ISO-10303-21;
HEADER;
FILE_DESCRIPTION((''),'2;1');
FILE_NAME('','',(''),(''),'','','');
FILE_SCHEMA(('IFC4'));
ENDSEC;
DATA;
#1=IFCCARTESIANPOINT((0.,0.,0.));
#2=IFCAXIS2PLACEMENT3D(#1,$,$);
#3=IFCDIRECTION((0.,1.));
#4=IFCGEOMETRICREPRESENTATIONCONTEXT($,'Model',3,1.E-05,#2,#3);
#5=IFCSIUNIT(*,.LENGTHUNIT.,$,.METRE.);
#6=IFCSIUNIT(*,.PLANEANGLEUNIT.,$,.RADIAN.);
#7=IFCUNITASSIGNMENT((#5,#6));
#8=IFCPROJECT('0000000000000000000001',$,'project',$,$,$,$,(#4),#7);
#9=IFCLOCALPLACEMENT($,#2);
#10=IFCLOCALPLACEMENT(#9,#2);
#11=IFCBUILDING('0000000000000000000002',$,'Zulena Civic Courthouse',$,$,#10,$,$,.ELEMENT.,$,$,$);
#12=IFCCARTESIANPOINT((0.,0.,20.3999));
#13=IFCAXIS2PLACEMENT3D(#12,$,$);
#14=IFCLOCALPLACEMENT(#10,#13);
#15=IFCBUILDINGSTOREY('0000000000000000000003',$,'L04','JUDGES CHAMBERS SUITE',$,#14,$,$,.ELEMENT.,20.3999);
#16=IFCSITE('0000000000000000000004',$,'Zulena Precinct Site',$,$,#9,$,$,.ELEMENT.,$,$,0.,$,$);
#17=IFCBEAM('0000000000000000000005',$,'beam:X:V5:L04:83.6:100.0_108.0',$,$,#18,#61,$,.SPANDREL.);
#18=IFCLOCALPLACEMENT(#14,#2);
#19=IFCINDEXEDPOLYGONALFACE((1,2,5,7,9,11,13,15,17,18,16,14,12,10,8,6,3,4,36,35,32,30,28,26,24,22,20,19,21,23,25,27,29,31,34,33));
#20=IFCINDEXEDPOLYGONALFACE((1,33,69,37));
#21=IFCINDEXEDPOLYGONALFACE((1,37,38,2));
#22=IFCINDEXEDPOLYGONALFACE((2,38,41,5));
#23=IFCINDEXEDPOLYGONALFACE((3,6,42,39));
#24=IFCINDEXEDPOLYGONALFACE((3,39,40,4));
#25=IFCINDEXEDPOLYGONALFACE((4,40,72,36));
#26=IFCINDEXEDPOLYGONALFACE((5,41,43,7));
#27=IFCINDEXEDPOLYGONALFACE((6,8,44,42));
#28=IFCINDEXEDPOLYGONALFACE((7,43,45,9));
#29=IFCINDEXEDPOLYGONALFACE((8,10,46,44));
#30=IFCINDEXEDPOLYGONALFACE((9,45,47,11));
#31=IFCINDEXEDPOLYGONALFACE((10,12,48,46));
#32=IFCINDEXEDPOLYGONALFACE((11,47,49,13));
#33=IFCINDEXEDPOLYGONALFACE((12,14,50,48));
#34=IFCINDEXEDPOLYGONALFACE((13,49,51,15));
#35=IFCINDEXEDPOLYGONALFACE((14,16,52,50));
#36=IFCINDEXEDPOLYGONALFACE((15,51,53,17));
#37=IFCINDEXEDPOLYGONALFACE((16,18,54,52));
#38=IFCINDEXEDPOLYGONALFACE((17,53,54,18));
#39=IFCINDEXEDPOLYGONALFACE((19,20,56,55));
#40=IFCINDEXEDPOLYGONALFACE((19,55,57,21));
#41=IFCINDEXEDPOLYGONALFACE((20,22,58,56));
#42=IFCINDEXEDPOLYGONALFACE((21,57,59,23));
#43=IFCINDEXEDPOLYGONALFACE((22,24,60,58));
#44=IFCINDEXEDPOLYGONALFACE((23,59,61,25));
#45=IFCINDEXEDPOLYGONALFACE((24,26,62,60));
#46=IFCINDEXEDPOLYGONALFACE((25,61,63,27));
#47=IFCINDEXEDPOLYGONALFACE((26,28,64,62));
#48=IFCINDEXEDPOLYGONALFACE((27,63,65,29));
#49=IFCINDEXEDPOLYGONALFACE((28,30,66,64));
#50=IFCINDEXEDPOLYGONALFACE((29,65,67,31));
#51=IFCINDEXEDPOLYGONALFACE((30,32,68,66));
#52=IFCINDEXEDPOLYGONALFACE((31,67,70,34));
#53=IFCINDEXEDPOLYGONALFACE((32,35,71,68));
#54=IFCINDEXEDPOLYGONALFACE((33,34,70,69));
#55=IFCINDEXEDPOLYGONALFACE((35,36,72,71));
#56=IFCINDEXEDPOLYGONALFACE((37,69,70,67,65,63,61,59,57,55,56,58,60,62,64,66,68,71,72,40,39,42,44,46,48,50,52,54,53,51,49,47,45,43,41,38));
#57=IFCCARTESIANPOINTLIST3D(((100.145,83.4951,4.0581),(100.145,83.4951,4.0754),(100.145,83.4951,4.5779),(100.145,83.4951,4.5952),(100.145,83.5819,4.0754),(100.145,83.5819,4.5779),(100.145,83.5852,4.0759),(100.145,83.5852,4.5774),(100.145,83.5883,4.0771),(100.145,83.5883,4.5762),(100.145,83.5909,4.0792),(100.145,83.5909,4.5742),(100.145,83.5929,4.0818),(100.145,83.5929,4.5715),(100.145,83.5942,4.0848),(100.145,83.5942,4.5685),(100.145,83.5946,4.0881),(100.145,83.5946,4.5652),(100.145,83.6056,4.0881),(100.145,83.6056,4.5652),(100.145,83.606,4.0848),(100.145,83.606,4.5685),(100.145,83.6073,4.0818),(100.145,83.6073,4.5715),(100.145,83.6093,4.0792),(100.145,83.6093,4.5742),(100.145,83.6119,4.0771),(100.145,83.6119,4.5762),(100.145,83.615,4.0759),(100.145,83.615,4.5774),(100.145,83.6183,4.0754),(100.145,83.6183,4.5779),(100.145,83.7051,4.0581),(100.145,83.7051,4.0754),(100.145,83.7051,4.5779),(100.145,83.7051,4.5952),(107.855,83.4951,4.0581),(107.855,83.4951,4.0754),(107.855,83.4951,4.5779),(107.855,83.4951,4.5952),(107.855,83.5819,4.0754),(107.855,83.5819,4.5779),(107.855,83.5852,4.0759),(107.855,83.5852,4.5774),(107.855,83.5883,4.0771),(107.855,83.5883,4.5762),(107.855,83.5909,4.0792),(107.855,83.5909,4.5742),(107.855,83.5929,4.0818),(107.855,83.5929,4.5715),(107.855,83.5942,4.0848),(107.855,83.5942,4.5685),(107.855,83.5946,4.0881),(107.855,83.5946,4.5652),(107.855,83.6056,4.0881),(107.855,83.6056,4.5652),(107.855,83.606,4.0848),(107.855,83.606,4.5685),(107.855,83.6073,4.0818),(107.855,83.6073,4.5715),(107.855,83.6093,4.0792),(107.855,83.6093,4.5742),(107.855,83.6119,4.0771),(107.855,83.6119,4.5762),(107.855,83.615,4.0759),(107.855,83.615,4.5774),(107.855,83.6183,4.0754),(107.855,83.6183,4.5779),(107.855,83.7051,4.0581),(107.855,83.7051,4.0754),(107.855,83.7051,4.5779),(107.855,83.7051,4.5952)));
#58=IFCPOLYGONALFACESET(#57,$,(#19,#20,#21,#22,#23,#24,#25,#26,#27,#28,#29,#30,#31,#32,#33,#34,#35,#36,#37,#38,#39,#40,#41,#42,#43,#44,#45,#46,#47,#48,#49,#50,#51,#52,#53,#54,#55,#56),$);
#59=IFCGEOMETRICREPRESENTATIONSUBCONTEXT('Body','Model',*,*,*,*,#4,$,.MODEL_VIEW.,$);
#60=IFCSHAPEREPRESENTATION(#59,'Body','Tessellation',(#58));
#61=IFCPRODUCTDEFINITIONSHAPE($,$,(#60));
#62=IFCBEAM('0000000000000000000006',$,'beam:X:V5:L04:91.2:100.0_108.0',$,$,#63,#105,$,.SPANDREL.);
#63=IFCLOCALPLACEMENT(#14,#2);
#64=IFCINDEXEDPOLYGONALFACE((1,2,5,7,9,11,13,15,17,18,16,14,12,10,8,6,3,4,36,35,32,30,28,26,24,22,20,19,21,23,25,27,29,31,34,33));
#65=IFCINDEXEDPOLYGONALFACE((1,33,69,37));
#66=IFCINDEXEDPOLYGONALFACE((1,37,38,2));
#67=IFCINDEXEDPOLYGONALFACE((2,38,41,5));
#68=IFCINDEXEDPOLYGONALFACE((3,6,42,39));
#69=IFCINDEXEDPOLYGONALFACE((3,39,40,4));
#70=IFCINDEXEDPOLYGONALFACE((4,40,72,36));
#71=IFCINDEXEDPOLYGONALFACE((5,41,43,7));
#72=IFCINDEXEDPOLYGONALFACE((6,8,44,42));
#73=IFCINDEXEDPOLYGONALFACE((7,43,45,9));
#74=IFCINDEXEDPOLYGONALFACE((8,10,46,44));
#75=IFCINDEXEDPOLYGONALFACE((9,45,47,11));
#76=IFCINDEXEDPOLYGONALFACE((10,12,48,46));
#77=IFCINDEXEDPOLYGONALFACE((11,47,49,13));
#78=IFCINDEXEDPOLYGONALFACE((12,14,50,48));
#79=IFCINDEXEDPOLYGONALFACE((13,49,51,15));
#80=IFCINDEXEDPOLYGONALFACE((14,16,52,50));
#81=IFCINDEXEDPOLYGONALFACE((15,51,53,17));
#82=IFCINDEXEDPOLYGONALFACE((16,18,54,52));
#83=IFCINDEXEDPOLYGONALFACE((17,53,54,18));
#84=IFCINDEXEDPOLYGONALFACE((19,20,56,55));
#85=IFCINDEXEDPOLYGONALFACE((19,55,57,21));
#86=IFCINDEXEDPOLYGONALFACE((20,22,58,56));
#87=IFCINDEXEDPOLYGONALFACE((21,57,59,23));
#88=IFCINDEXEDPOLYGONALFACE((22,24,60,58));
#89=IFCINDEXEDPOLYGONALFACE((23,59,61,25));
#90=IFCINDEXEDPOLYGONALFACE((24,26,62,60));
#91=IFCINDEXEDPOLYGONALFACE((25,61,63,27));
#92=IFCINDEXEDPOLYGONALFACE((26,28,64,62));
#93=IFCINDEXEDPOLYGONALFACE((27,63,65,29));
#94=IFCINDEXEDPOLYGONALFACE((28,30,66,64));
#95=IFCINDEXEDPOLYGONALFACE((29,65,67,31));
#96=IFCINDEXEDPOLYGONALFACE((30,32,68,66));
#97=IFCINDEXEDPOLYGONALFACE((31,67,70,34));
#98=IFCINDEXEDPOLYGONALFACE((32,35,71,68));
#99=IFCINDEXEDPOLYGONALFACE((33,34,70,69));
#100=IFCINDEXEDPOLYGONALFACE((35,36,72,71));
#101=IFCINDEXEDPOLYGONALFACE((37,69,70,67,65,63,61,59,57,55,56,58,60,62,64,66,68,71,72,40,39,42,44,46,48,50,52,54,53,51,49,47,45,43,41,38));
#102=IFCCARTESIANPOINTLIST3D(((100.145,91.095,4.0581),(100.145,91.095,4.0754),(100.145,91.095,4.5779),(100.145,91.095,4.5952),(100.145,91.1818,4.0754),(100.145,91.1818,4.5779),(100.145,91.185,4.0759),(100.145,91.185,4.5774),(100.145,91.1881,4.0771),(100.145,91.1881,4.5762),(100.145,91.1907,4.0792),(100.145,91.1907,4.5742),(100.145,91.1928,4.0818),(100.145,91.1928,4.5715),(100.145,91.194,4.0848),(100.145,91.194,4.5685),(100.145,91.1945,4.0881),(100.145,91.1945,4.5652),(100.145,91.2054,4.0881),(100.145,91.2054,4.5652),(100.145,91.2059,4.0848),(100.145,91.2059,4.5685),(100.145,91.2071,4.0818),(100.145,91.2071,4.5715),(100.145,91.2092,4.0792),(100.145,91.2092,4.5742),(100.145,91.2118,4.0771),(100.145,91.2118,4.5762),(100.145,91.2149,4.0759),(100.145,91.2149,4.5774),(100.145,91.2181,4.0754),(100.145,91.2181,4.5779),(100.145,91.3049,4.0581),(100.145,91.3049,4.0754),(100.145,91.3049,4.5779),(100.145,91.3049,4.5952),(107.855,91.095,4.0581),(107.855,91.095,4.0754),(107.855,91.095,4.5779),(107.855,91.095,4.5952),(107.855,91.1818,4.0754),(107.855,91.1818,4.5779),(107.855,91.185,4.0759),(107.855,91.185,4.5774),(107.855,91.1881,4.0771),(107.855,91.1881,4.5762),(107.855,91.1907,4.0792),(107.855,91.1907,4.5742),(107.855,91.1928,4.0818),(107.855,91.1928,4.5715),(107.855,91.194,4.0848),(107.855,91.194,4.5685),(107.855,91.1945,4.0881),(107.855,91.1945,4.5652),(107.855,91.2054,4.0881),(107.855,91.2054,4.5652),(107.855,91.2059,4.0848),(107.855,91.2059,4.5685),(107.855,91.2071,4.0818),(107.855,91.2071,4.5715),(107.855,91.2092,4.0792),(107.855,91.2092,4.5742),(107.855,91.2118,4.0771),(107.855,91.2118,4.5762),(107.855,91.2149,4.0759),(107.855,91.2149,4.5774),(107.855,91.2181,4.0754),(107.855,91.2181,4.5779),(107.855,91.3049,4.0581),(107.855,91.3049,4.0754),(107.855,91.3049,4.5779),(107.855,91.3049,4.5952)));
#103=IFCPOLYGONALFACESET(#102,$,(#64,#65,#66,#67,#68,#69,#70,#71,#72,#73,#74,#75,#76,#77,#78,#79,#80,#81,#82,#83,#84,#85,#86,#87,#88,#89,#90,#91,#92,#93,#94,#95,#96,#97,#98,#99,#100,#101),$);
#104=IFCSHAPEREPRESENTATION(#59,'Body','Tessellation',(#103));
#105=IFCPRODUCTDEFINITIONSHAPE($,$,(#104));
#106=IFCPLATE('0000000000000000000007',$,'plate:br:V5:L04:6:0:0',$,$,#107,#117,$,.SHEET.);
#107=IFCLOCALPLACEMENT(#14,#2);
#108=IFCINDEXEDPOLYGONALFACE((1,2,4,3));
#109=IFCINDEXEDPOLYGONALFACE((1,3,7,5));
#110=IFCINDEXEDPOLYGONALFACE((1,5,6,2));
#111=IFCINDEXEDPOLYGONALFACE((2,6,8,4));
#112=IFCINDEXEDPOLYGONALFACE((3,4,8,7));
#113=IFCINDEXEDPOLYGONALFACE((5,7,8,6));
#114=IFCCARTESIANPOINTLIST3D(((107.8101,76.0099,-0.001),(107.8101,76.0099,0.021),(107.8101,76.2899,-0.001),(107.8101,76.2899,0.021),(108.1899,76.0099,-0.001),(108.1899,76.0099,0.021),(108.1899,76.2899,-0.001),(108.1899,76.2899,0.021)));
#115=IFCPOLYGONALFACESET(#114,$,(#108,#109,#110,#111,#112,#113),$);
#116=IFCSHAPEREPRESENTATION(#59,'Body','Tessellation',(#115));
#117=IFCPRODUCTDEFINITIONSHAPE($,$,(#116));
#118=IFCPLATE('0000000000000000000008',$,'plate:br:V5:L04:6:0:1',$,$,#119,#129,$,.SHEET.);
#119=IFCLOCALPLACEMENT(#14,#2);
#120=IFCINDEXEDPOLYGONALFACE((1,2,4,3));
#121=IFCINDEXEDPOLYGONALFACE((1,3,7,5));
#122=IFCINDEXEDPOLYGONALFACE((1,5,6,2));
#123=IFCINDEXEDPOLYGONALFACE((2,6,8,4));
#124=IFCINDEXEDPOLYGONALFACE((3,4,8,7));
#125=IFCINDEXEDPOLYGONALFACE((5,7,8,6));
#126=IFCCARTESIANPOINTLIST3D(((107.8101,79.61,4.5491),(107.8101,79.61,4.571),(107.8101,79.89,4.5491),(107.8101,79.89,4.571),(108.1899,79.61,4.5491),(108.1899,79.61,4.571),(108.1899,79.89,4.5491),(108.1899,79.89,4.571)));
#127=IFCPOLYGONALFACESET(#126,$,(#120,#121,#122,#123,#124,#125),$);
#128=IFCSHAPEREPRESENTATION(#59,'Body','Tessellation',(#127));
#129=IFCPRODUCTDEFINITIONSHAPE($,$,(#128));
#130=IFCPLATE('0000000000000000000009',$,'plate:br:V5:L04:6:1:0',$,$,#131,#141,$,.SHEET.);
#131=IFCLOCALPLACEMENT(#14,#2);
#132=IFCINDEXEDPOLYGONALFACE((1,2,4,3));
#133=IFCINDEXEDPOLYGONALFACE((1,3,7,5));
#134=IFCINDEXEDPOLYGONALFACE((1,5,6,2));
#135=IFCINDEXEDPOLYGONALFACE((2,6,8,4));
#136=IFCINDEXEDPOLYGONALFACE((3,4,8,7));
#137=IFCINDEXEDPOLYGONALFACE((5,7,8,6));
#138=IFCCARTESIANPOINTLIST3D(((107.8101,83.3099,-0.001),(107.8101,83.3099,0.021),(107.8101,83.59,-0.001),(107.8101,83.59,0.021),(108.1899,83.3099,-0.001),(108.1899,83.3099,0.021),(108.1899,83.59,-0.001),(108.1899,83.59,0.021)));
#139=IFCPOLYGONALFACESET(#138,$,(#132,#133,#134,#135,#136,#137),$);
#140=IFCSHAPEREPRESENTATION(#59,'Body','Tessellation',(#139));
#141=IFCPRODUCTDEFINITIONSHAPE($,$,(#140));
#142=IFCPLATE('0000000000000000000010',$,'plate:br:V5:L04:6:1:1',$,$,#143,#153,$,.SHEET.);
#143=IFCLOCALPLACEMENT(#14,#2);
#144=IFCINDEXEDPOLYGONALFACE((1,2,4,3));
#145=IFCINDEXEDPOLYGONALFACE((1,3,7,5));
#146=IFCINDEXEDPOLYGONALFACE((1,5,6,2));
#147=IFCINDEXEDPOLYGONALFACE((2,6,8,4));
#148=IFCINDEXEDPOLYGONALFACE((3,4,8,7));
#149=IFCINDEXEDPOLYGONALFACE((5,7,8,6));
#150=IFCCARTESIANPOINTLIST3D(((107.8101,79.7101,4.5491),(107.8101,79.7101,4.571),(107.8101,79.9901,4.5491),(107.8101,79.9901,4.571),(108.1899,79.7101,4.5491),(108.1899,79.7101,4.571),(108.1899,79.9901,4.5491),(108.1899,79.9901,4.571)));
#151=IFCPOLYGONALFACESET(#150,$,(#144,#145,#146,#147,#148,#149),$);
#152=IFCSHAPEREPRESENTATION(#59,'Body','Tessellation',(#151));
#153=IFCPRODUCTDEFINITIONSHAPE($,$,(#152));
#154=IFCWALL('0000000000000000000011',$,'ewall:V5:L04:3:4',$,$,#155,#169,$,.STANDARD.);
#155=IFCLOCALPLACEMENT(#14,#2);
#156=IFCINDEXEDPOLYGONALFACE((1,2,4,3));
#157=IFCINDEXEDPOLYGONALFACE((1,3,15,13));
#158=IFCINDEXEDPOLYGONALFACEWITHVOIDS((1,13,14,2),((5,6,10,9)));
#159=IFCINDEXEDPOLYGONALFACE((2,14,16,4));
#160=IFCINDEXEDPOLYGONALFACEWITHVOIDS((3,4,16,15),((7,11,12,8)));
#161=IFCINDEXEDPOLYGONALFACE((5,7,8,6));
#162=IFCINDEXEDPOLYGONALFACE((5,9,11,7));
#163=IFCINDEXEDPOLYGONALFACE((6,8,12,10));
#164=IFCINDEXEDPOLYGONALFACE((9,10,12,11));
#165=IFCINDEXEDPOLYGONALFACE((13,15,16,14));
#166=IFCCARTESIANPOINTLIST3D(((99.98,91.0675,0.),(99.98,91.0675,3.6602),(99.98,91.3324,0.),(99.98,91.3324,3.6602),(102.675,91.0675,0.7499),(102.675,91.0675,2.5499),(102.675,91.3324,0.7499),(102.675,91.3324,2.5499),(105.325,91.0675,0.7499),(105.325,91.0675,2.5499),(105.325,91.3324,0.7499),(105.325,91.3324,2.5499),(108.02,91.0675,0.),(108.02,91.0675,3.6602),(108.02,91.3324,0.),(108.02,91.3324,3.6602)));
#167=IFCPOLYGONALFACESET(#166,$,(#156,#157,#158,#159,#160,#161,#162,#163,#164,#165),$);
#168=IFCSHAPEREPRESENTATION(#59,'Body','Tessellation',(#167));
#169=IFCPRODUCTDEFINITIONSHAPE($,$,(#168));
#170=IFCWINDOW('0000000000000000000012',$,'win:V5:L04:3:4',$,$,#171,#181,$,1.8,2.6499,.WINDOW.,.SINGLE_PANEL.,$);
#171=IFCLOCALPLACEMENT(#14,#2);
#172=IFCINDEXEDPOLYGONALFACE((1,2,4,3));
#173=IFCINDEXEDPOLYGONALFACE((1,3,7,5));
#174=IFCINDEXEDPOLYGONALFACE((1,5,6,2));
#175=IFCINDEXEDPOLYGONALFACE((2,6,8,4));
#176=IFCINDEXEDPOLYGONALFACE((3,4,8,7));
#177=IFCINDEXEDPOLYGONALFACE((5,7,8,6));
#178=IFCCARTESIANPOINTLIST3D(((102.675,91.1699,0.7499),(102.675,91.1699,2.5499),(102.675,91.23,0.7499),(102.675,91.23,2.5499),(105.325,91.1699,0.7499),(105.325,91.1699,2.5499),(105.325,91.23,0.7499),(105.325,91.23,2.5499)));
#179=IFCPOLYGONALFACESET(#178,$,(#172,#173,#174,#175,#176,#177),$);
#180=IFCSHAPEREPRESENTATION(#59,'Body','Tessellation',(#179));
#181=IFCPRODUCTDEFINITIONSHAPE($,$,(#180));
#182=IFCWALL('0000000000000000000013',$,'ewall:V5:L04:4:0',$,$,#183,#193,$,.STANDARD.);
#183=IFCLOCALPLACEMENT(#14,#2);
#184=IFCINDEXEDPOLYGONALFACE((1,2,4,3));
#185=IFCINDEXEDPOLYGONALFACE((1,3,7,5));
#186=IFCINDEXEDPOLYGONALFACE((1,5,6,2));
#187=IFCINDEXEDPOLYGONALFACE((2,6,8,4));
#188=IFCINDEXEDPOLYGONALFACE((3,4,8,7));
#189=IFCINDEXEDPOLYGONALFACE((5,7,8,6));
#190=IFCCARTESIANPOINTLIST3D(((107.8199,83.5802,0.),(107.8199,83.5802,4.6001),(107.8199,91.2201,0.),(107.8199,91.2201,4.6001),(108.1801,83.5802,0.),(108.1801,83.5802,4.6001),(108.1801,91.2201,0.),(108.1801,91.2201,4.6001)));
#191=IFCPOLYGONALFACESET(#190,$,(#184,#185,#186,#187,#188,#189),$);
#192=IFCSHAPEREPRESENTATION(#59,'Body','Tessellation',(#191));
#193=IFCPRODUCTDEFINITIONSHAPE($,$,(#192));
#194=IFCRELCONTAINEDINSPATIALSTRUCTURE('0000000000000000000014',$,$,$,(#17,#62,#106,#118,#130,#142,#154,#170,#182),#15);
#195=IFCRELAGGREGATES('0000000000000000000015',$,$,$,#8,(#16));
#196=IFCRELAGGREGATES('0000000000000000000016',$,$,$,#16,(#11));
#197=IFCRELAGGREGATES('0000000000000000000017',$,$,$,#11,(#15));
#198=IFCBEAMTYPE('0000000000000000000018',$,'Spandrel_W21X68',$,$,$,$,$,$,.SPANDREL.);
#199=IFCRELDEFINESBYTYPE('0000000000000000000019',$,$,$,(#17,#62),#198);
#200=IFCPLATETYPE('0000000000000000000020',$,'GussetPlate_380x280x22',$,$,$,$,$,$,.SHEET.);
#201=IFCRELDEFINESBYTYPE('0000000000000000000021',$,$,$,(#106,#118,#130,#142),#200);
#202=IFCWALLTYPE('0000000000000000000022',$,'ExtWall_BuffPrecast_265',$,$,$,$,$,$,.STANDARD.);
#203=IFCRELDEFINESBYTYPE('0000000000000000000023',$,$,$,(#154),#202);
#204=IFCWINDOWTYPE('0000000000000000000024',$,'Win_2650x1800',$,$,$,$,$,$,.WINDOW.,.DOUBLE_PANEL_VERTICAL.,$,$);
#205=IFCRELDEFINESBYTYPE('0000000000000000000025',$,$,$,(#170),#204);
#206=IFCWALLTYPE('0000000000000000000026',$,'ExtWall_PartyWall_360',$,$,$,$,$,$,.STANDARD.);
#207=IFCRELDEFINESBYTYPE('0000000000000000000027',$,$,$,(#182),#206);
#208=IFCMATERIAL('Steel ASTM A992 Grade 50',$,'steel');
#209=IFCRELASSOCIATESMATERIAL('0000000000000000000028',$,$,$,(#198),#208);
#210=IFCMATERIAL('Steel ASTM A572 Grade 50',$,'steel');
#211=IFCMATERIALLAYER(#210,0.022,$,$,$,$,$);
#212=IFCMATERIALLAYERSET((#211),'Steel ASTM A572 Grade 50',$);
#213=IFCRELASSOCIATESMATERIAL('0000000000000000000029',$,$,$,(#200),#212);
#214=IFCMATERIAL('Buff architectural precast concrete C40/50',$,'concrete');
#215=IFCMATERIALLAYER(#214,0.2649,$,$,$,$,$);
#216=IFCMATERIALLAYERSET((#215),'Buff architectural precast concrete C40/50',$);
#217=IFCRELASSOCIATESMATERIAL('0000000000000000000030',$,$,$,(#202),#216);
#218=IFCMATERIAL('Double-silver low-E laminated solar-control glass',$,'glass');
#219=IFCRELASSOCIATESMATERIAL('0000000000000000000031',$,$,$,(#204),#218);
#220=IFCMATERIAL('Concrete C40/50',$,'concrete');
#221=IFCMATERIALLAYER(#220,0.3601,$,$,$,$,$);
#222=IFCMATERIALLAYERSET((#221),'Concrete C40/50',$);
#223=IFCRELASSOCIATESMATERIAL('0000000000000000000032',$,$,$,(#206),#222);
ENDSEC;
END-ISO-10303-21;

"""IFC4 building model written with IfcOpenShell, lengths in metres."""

from ifc_helpers import new_model, si_unit, direction, frame, frame_2d, origin, origin_2d, place, context, subcontext, project, spatial, rectangle, i_section, extrude, material, layer, layer_set, material_profile, profile_set, type_object, element, fill, save


model = new_model("IFC4")

# Units and contexts
model_context = context("Model", 3, precision=1e-05, world=origin(), true_north=direction((0.0, 1.0)))
body_context = subcontext(model_context, "Body", "Model", "MODEL_VIEW")
ifc_project = project(units=[si_unit("LENGTHUNIT", "METRE"), si_unit("PLANEANGLEUNIT", "RADIAN")], contexts=[model_context])

# Site, building, storey
site_placement = place(None, origin())
site = spatial("IfcSite", under=ifc_project, at=site_placement, Name="Zulena Precinct Site", CompositionType="ELEMENT", RefElevation=0.0)
building_placement = place(site_placement, origin())
building = spatial("IfcBuilding", under=site, at=building_placement, Name="Zulena Civic Courthouse", CompositionType="ELEMENT")
storey_placement = place(building_placement, frame((0.0, 0.0, 20.3999)))
storey = spatial("IfcBuildingStorey", under=building, at=storey_placement, Name="L04", Description="JUDGES CHAMBERS SUITE", CompositionType="ELEMENT", Elevation=20.3999)

# Shared definitions
ifc_material_1 = material(Name="Steel ASTM A992 Grade 50", Category="steel")

# Beams
ifc_material_profile_1 = material_profile(ifc_material_1, i_section(OverallWidth=0.21, OverallDepth=0.5371, WebThickness=0.011, FlangeThickness=0.0173, FilletRadius=0.0127, at=origin_2d()), Name="W21X68")
ifc_profile_set_1 = profile_set([ifc_material_profile_1], Name="Steel ASTM A992 Grade 50")
beam_type_1 = type_object("IfcBeamType", Name="Spandrel_W21X68", PredefinedType="SPANDREL", material=ifc_profile_set_1)
for number, where, z_axis, x_axis, name in (
    (1, (100.145, 83.6001, 4.3267), (1.0, 0.0, 0.0), (0.0, 1.0, 0.0), "beam:X:V5:L04:83.6:100.0_108.0"),
    (2, (100.145, 91.2, 4.3267), (1.0, 0.0, 0.0), (0.0, 1.0, 0.0), "beam:X:V5:L04:91.2:100.0_108.0"),
):
    element("IfcBeam", number, at=place(storey_placement, frame(where, z_axis=z_axis, x_axis=x_axis)), inside=storey, type_object=beam_type_1, Name=name, PredefinedType="SPANDREL", context=body_context, shape_type="SweptSolid", body=[
        extrude(i_section(OverallWidth=0.21, OverallDepth=0.5371, WebThickness=0.011, FlangeThickness=0.0173, FilletRadius=0.0127, at=origin_2d()), origin(), (0.0, 0.0, 1.0), 7.71),
    ])

# Plates
ifc_material_2 = material(Name="Steel ASTM A572 Grade 50", Category="steel")
ifc_layer_1 = layer(ifc_material_2, 0.022)
ifc_layer_set_1 = layer_set([ifc_layer_1], Name="Steel ASTM A572 Grade 50")
plate_type = type_object("IfcPlateType", Name="GussetPlate_380x280x22", PredefinedType="SHEET", material=ifc_layer_set_1)
for number, where, z_axis, x_axis, name in (
    (3, (108.0, 76.1499, -0.001), (0.0, 0.0, 1.0), (1.0, 0.0, 0.0), "plate:br:V5:L04:6:0:0"),
    (4, (108.0, 79.75, 4.5491), (0.0, 0.0, 1.0), (1.0, 0.0, 0.0), "plate:br:V5:L04:6:0:1"),
    (5, (108.0, 83.45, -0.001), (0.0, 0.0, 1.0), (1.0, 0.0, 0.0), "plate:br:V5:L04:6:1:0"),
    (6, (108.0, 79.8501, 4.5491), (0.0, 0.0, 1.0), (1.0, 0.0, 0.0), "plate:br:V5:L04:6:1:1"),
):
    element("IfcPlate", number, at=place(storey_placement, frame(where, z_axis=z_axis, x_axis=x_axis)), inside=storey, type_object=plate_type, Name=name, PredefinedType="SHEET", context=body_context, shape_type="SweptSolid", body=[
        extrude(rectangle(XDim=0.3799, YDim=0.28, at=origin_2d()), origin(), (0.0, 0.0, 1.0), 0.022),
    ])

# Wall, opening, window
ifc_material_3 = material(Name="Buff architectural precast concrete C40/50", Category="concrete")
ifc_layer_2 = layer(ifc_material_3, 0.2649)
ifc_layer_set_2 = layer_set([ifc_layer_2], Name="Buff architectural precast concrete C40/50")
wall_type_1 = type_object("IfcWallType", Name="ExtWall_BuffPrecast_265", PredefinedType="STANDARD", material=ifc_layer_set_2)
wall_1_placement = place(storey_placement, frame((99.98, 91.2, 0.0), z_axis=(0.0, 0.0, 1.0), x_axis=(1.0, 0.0, 0.0)))
wall_1 = element("IfcWall", 7, at=wall_1_placement, inside=storey, type_object=wall_type_1, Name="ewall:V5:L04:3:4", PredefinedType="STANDARD", context=body_context, shape_type="SweptSolid", body=[
    extrude(rectangle(XDim=8.04, YDim=0.2649, at=frame_2d((4.02, 0.0))), origin(), (0.0, 0.0, 1.0), 3.6602),
])
opening_placement = place(wall_1_placement, frame((2.6951, 0.0, 0.75)))
opening = element("IfcOpeningElement", 8, at=opening_placement, cuts=wall_1, PredefinedType="OPENING", context=body_context, shape_type="SweptSolid", body=[
    extrude(rectangle(XDim=2.6499, YDim=1.8, at=frame_2d((1.325, 0.8999))), frame((0.0, 0.1423, 0.0), z_axis=(0.0, -1.0, 0.0), x_axis=(1.0, 0.0, 0.0)), (0.0, 0.0, 1.0), 0.2849),
])
ifc_material_4 = material(Name="Double-silver low-E laminated solar-control glass", Category="glass")
window_type = type_object("IfcWindowType", Name="Win_2650x1800", PartitioningType="DOUBLE_PANEL_VERTICAL", PredefinedType="WINDOW", material=ifc_material_4)
window_placement = place(opening_placement, origin())
window = element("IfcWindow", 9, at=window_placement, inside=storey, type_object=window_type, Name="win:V5:L04:3:4", OverallHeight=1.8, OverallWidth=2.6499, PartitioningType="SINGLE_PANEL", PredefinedType="WINDOW", context=body_context, shape_type="SweptSolid", body=[
    extrude(rectangle(XDim=2.6499, YDim=1.8, at=frame_2d((1.325, 0.8999))), frame((0.0, 0.03, 0.0), z_axis=(0.0, -1.0, 0.0), x_axis=(1.0, 0.0, 0.0)), (0.0, 0.0, 1.0), 0.0601),
])
fill(opening, window)

# Wall
ifc_material_5 = material(Name="Concrete C40/50", Category="concrete")
ifc_layer_3 = layer(ifc_material_5, 0.3601)
ifc_layer_set_3 = layer_set([ifc_layer_3], Name="Concrete C40/50")
wall_type_2 = type_object("IfcWallType", Name="ExtWall_PartyWall_360", PredefinedType="STANDARD", material=ifc_layer_set_3)
wall_2_placement = place(storey_placement, frame((108.0, 91.22, 0.0), z_axis=(0.0, 0.0, 1.0), x_axis=(0.0, -1.0, 0.0)))
element("IfcWall", 10, at=wall_2_placement, inside=storey, type_object=wall_type_2, Name="ewall:V5:L04:4:0", PredefinedType="STANDARD", context=body_context, shape_type="SweptSolid", body=[
    extrude(rectangle(XDim=7.6399, YDim=0.3601, at=frame_2d((3.8198, 0.0))), origin(), (0.0, 0.0, 1.0), 4.6001),
])

save(model, "model.ifc")
